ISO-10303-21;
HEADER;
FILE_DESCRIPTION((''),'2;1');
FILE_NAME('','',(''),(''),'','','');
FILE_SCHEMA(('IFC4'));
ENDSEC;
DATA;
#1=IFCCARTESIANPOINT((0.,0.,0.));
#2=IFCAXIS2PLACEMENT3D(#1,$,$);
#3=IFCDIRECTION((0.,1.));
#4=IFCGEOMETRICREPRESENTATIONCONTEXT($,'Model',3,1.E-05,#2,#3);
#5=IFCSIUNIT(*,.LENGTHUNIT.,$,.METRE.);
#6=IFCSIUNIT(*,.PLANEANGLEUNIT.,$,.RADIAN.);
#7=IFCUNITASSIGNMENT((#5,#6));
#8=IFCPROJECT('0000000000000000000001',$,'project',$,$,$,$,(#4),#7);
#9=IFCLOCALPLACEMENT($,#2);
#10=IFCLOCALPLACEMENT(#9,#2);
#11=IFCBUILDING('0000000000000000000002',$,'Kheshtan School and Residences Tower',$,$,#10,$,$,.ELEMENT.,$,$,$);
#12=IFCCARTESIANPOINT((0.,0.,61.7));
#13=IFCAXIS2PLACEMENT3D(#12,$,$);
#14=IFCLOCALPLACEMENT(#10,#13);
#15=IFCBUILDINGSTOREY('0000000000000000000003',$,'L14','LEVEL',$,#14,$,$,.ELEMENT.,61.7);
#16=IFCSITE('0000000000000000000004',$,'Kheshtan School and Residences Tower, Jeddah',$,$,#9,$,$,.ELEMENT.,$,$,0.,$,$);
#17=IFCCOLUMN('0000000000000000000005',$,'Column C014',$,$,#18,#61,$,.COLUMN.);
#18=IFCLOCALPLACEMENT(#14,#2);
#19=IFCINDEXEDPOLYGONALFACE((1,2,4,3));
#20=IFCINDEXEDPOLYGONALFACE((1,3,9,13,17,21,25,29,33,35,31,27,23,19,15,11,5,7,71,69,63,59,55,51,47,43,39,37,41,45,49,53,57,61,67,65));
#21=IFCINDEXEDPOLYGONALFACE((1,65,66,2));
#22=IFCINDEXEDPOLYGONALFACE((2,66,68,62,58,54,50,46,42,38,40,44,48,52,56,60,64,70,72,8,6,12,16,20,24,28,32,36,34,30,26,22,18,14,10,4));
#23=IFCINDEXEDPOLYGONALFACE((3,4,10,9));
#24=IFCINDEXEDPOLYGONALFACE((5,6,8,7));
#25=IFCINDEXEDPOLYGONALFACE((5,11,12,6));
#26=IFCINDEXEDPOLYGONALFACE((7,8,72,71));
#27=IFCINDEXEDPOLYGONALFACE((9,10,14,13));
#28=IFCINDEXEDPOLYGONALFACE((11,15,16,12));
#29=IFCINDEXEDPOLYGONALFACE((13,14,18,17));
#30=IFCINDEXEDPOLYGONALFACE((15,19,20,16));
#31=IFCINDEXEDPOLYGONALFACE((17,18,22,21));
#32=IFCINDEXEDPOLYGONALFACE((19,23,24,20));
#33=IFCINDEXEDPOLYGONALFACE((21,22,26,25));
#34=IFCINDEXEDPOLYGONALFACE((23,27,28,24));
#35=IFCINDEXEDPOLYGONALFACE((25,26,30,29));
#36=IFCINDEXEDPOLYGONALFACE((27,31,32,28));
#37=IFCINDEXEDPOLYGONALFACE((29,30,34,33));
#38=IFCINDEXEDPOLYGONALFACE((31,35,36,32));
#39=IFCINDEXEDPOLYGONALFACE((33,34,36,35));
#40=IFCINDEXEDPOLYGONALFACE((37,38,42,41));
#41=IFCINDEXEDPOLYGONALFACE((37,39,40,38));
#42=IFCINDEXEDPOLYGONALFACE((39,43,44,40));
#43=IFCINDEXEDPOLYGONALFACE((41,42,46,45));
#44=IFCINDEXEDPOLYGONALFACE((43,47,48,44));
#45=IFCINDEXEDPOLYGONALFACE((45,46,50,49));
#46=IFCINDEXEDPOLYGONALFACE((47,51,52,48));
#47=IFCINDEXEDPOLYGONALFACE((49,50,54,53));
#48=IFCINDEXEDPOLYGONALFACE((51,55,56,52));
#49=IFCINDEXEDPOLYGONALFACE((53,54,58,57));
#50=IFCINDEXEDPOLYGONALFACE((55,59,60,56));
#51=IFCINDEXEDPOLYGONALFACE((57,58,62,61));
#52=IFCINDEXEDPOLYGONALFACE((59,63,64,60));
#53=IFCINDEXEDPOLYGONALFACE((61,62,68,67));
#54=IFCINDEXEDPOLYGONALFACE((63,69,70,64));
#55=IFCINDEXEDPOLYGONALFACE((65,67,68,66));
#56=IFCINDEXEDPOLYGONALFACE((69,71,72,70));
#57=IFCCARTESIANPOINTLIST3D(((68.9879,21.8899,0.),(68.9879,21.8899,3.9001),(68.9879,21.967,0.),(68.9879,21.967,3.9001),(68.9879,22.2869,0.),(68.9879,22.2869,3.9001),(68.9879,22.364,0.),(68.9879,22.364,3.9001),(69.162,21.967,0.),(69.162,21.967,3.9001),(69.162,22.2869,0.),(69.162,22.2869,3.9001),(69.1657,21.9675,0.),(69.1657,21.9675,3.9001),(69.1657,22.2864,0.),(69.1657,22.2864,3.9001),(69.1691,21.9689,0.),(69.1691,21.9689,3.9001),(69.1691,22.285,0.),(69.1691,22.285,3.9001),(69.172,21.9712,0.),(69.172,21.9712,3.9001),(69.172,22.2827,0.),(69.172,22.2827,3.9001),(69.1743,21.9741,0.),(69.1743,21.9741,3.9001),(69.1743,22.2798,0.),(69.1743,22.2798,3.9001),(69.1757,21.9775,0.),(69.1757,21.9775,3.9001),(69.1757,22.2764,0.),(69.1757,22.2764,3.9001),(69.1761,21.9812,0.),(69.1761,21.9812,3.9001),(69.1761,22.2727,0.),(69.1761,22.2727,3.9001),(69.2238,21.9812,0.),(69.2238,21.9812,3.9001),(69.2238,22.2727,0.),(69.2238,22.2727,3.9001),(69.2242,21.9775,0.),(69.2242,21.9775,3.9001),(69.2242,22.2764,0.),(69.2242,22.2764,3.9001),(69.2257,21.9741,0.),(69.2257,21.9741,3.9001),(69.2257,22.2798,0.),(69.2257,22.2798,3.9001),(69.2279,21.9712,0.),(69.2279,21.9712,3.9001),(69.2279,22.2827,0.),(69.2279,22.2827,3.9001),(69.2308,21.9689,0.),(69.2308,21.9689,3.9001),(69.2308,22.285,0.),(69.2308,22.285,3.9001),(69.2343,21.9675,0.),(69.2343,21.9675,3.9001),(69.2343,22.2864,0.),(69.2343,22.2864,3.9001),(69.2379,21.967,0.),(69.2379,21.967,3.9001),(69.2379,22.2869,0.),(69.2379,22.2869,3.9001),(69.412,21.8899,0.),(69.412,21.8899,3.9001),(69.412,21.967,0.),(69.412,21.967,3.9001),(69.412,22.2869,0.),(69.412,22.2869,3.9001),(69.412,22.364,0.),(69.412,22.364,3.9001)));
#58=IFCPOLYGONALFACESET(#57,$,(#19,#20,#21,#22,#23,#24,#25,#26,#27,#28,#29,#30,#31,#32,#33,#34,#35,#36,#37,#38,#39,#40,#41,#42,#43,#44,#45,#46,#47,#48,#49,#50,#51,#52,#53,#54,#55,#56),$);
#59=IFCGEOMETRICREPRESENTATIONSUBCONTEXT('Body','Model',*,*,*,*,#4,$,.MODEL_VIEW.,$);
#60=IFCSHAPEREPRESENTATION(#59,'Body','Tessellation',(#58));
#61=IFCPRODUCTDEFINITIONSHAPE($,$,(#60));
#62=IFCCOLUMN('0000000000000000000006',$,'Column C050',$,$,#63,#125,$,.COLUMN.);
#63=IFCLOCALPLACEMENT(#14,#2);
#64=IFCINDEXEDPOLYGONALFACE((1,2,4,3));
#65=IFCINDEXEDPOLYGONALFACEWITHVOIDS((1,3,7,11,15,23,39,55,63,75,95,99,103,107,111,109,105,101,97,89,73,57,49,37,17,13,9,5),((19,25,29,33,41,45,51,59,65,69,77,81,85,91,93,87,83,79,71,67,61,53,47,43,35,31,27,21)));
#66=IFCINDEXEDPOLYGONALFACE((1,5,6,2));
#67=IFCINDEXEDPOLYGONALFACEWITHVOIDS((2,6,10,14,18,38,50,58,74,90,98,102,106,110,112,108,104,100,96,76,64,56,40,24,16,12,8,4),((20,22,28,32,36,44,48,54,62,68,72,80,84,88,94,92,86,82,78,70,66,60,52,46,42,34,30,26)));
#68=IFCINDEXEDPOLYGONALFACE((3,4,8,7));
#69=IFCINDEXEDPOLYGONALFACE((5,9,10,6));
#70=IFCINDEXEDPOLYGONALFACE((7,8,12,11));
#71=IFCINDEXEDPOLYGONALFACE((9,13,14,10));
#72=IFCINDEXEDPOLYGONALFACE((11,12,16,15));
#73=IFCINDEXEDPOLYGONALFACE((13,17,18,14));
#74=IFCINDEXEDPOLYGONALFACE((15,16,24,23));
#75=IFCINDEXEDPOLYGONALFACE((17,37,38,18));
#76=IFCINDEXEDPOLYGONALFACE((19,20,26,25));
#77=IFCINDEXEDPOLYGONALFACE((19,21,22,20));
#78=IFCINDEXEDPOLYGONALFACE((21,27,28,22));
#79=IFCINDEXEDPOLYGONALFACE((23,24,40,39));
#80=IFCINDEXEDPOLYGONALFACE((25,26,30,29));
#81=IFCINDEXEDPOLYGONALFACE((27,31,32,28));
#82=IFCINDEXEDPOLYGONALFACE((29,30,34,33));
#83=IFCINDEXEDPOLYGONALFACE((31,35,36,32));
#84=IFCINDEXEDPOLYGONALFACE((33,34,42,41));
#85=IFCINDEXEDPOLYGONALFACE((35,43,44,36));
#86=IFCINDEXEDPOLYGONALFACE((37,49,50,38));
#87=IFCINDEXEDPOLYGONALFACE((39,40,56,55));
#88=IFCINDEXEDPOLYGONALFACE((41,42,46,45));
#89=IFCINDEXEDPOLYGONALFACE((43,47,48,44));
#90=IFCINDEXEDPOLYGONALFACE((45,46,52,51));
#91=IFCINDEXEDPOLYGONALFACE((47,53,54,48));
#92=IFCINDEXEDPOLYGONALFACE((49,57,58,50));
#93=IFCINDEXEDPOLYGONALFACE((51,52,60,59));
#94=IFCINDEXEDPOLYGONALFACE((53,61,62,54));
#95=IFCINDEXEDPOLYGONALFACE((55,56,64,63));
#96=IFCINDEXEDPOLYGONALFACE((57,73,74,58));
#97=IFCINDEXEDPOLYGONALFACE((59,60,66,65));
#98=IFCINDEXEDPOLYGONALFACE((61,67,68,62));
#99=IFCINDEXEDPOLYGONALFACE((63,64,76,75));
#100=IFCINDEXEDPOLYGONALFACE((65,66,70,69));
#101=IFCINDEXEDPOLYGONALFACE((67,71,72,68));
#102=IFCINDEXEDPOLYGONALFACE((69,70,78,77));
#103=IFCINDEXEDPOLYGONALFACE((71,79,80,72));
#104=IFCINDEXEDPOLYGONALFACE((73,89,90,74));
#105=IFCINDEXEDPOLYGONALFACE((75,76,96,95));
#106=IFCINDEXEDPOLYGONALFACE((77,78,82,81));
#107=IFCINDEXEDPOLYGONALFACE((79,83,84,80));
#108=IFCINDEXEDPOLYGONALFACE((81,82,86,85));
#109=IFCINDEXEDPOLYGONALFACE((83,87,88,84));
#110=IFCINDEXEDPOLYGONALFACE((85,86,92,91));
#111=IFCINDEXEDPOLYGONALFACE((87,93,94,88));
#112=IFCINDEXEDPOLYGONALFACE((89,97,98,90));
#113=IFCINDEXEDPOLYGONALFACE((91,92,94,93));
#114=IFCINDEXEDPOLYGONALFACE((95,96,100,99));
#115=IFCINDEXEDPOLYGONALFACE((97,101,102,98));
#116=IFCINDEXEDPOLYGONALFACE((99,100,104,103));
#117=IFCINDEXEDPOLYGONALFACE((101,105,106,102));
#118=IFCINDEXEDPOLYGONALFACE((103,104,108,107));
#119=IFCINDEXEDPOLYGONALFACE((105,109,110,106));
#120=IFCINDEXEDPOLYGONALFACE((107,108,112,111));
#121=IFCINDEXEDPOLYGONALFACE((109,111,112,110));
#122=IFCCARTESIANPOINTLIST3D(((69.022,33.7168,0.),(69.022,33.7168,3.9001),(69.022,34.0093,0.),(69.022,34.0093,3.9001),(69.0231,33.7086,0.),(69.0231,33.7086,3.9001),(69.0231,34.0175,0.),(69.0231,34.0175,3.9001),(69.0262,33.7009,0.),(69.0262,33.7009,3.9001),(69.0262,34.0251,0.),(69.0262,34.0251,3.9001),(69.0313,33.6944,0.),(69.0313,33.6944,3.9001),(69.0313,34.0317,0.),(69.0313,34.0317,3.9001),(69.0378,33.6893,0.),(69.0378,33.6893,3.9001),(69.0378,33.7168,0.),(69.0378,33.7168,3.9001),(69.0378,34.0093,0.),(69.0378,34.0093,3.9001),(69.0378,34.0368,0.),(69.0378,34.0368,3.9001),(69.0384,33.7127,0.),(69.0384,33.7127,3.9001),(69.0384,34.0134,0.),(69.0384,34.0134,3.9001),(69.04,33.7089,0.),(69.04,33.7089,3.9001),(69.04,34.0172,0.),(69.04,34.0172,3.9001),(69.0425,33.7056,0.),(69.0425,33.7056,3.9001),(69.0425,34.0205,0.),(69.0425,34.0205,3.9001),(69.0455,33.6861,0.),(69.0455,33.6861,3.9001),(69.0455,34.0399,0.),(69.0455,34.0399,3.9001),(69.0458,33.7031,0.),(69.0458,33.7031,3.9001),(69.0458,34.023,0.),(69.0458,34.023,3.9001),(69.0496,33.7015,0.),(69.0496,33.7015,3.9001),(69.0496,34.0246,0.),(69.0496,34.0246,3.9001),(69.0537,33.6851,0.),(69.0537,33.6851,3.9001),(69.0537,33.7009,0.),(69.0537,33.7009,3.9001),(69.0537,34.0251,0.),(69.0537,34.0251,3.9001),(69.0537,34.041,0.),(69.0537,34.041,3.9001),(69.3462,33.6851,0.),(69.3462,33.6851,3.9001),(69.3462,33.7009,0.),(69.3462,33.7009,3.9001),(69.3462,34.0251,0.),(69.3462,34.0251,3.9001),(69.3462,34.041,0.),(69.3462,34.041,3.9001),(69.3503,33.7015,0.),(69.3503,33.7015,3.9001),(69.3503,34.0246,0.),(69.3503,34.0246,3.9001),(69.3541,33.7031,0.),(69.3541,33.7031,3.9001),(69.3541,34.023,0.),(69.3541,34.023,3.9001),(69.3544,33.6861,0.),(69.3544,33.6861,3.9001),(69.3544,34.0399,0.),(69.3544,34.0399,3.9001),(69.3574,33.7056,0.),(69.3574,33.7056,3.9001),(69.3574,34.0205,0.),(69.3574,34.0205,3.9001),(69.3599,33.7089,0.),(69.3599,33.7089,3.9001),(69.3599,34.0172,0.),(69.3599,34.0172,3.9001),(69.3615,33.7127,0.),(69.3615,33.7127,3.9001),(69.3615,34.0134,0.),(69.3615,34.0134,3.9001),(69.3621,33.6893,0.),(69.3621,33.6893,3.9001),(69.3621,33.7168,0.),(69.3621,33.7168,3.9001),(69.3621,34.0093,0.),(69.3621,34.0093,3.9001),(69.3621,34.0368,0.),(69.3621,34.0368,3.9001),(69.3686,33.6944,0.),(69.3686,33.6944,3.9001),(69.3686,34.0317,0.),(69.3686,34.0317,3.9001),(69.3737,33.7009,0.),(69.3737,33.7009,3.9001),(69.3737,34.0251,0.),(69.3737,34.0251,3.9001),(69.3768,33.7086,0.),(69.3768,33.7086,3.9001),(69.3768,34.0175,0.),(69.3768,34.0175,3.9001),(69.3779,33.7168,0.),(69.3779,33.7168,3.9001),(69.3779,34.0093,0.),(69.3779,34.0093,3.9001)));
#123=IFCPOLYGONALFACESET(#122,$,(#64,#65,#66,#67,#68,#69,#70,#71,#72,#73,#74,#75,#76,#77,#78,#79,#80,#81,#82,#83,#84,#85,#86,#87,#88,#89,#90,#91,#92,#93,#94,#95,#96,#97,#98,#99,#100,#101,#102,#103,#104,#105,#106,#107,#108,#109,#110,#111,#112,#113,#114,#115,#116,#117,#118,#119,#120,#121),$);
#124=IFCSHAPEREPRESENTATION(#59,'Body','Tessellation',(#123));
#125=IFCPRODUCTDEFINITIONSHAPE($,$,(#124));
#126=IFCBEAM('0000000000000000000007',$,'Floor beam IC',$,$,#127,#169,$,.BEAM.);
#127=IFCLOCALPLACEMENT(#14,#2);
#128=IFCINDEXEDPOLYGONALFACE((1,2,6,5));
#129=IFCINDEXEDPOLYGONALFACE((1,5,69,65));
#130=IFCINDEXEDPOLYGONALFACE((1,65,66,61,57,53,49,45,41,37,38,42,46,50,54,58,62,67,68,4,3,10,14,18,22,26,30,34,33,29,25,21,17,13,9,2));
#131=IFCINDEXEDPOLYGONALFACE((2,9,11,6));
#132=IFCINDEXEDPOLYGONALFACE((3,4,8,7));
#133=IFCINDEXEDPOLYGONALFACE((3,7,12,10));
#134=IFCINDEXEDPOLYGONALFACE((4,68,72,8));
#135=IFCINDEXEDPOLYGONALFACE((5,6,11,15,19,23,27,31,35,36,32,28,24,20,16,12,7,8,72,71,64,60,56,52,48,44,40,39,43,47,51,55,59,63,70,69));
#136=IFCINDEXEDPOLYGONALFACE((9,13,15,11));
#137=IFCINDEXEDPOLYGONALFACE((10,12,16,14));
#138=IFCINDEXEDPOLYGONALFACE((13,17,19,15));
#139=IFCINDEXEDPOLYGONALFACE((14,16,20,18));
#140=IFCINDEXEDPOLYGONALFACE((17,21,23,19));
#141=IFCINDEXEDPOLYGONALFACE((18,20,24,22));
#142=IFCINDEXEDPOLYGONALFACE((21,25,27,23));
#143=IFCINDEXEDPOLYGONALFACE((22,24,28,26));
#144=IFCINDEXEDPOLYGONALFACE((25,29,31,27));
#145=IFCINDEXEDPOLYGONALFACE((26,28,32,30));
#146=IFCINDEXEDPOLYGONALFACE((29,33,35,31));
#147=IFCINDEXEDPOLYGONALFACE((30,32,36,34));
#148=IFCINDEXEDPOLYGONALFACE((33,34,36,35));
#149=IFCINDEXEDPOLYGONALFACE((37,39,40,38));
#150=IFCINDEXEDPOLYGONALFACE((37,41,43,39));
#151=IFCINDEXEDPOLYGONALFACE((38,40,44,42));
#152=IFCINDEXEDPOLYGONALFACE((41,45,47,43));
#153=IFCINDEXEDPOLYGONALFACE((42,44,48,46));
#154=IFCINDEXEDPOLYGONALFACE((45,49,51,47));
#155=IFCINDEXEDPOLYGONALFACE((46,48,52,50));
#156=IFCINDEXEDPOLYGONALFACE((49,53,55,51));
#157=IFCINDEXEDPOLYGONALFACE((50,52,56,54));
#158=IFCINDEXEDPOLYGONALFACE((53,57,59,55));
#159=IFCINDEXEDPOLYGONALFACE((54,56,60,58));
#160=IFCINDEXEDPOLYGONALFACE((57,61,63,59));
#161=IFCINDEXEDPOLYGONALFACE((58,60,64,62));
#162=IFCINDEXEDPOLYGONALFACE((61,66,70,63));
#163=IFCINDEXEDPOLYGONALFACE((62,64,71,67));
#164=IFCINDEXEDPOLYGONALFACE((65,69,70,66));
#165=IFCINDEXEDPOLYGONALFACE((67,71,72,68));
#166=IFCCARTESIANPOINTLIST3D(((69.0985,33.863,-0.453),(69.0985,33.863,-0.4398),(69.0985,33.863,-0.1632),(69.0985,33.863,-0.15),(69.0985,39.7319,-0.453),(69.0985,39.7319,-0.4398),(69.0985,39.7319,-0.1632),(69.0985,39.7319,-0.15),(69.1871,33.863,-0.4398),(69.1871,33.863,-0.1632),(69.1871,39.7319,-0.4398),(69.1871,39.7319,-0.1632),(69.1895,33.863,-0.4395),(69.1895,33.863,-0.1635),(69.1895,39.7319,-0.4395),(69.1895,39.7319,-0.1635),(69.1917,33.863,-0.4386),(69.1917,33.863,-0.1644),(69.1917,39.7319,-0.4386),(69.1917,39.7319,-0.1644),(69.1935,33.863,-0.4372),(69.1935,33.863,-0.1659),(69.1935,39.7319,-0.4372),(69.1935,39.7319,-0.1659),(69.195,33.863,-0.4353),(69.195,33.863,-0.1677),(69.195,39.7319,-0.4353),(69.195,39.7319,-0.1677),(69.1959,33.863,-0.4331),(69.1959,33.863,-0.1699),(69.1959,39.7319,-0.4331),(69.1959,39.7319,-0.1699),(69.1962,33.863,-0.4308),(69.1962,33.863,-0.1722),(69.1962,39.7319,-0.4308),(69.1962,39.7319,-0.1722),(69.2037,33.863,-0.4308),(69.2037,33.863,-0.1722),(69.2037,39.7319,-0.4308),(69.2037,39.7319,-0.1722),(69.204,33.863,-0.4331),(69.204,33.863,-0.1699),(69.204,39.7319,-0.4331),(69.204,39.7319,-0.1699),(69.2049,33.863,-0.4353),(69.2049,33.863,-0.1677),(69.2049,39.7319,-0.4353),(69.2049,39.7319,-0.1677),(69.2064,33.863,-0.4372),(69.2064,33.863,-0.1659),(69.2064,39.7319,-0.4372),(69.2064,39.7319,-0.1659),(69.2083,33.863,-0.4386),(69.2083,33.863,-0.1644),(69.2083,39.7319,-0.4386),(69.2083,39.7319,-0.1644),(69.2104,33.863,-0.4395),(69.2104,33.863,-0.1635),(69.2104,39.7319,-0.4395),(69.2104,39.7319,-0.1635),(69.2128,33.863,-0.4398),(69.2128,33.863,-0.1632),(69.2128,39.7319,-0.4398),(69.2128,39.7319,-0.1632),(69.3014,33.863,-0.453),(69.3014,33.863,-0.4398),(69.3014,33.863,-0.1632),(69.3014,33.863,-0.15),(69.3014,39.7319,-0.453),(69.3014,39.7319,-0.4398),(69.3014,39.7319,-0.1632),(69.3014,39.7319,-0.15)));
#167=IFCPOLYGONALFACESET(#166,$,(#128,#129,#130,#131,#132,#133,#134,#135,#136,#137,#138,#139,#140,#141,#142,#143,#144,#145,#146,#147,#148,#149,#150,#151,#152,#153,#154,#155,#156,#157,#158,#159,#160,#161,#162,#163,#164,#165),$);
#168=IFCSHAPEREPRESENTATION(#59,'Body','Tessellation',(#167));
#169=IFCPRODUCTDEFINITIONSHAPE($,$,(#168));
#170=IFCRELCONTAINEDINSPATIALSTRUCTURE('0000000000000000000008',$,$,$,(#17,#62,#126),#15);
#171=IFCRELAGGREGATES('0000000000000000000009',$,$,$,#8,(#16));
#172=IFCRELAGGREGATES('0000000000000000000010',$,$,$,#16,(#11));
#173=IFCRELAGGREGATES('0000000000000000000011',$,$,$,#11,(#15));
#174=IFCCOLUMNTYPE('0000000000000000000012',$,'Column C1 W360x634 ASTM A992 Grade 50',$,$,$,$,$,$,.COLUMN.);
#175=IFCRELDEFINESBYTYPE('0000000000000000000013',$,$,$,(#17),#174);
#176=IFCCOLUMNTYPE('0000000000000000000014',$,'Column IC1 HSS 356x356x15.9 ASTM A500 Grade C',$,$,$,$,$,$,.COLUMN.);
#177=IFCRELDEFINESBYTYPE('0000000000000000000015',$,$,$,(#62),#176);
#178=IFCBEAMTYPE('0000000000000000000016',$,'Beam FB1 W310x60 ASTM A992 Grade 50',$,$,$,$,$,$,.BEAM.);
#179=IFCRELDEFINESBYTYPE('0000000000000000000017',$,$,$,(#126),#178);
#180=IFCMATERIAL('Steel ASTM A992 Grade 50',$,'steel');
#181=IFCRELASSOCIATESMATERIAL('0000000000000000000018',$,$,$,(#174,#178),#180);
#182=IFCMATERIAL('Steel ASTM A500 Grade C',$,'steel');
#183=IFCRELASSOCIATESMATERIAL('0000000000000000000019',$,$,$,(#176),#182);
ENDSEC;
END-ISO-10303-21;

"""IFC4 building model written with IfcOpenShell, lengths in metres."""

from ifc_helpers import new_model, si_unit, direction, frame, origin, origin_2d, place, context, subcontext, project, spatial, hollow_rectangle, i_section, extrude, material, material_profile, profile_set, type_object, element, save


model = new_model("IFC4")

# Units and contexts
model_context = context("Model", 3, precision=1e-05, world=origin(), true_north=direction((0.0, 1.0)))
body_context = subcontext(model_context, "Body", "Model", "MODEL_VIEW")
ifc_project = project(units=[si_unit("LENGTHUNIT", "METRE"), si_unit("PLANEANGLEUNIT", "RADIAN")], contexts=[model_context])

# Site, building, storey
site_placement = place(None, origin())
site = spatial("IfcSite", under=ifc_project, at=site_placement, Name="Kheshtan School and Residences Tower, Jeddah", CompositionType="ELEMENT", RefElevation=0.0)
building_placement = place(site_placement, origin())
building = spatial("IfcBuilding", under=site, at=building_placement, Name="Kheshtan School and Residences Tower", CompositionType="ELEMENT")
storey_placement = place(building_placement, frame((0.0, 0.0, 61.7)))
storey = spatial("IfcBuildingStorey", under=building, at=storey_placement, Name="L14", Description="LEVEL", CompositionType="ELEMENT", Elevation=61.7)

# Columns
ifc_material_1 = material(Name="Steel ASTM A992 Grade 50", Category="steel")
ifc_material_profile_1 = material_profile(ifc_material_1, i_section(OverallWidth=0.4241, OverallDepth=0.4741, WebThickness=0.0476, FlangeThickness=0.0771, FilletRadius=0.0142, at=origin_2d()), Name="W360x634")
ifc_profile_set_1 = profile_set([ifc_material_profile_1], Name="Steel ASTM A992 Grade 50")
column_type_1 = type_object("IfcColumnType", Name="Column C1 W360x634 ASTM A992 Grade 50", PredefinedType="COLUMN", material=ifc_profile_set_1)
column_1_placement = place(storey_placement, frame((69.2, 22.127, 0.0), z_axis=(0.0, 0.0, 1.0), x_axis=(1.0, 0.0, 0.0)))
element("IfcColumn", 1, at=column_1_placement, inside=storey, type_object=column_type_1, Name="Column C014", PredefinedType="COLUMN", context=body_context, shape_type="SweptSolid", body=[
    extrude(i_section(OverallWidth=0.4241, OverallDepth=0.4741, WebThickness=0.0476, FlangeThickness=0.0771, FilletRadius=0.0142, at=origin_2d()), origin(), (0.0, 0.0, 1.0), 3.9001),
])
ifc_material_2 = material(Name="Steel ASTM A500 Grade C", Category="steel")
ifc_material_profile_2 = material_profile(ifc_material_2, hollow_rectangle(XDim=0.356, YDim=0.356, WallThickness=0.0159, InnerFilletRadius=0.0159, OuterFilletRadius=0.0317, at=origin_2d()), Name="HSS 356x356x15.9")
ifc_profile_set_2 = profile_set([ifc_material_profile_2], Name="Steel ASTM A500 Grade C")
column_type_2 = type_object("IfcColumnType", Name="Column IC1 HSS 356x356x15.9 ASTM A500 Grade C", PredefinedType="COLUMN", material=ifc_profile_set_2)
column_2_placement = place(storey_placement, frame((69.2, 33.863, 0.0), z_axis=(0.0, 0.0, 1.0), x_axis=(1.0, 0.0, 0.0)))
element("IfcColumn", 2, at=column_2_placement, inside=storey, type_object=column_type_2, Name="Column C050", PredefinedType="COLUMN", context=body_context, shape_type="SweptSolid", body=[
    extrude(hollow_rectangle(XDim=0.356, YDim=0.356, WallThickness=0.0159, InnerFilletRadius=0.0159, OuterFilletRadius=0.0317, at=origin_2d()), origin(), (0.0, 0.0, 1.0), 3.9001),
])

# Beam
ifc_material_profile_3 = material_profile(ifc_material_1, i_section(OverallWidth=0.2029, OverallDepth=0.303, WebThickness=0.0076, FlangeThickness=0.0132, FilletRadius=0.009, at=origin_2d()), Name="W310x60")
ifc_profile_set_3 = profile_set([ifc_material_profile_3], Name="Steel ASTM A992 Grade 50")
beam_type_1 = type_object("IfcBeamType", Name="Beam FB1 W310x60 ASTM A992 Grade 50", PredefinedType="BEAM", material=ifc_profile_set_3)
beam_1_placement = place(storey_placement, frame((69.2, 33.863, -0.3015), z_axis=(0.0, 1.0, 0.0), x_axis=(-1.0, 0.0, 0.0)))
element("IfcBeam", 3, at=beam_1_placement, inside=storey, type_object=beam_type_1, Name="Floor beam IC", PredefinedType="BEAM", context=body_context, shape_type="SweptSolid", body=[
    extrude(i_section(OverallWidth=0.2029, OverallDepth=0.303, WebThickness=0.0076, FlangeThickness=0.0132, FilletRadius=0.009, at=origin_2d()), origin(), (0.0, 0.0, 1.0), 5.8689),
])

save(model, "model.ifc")
